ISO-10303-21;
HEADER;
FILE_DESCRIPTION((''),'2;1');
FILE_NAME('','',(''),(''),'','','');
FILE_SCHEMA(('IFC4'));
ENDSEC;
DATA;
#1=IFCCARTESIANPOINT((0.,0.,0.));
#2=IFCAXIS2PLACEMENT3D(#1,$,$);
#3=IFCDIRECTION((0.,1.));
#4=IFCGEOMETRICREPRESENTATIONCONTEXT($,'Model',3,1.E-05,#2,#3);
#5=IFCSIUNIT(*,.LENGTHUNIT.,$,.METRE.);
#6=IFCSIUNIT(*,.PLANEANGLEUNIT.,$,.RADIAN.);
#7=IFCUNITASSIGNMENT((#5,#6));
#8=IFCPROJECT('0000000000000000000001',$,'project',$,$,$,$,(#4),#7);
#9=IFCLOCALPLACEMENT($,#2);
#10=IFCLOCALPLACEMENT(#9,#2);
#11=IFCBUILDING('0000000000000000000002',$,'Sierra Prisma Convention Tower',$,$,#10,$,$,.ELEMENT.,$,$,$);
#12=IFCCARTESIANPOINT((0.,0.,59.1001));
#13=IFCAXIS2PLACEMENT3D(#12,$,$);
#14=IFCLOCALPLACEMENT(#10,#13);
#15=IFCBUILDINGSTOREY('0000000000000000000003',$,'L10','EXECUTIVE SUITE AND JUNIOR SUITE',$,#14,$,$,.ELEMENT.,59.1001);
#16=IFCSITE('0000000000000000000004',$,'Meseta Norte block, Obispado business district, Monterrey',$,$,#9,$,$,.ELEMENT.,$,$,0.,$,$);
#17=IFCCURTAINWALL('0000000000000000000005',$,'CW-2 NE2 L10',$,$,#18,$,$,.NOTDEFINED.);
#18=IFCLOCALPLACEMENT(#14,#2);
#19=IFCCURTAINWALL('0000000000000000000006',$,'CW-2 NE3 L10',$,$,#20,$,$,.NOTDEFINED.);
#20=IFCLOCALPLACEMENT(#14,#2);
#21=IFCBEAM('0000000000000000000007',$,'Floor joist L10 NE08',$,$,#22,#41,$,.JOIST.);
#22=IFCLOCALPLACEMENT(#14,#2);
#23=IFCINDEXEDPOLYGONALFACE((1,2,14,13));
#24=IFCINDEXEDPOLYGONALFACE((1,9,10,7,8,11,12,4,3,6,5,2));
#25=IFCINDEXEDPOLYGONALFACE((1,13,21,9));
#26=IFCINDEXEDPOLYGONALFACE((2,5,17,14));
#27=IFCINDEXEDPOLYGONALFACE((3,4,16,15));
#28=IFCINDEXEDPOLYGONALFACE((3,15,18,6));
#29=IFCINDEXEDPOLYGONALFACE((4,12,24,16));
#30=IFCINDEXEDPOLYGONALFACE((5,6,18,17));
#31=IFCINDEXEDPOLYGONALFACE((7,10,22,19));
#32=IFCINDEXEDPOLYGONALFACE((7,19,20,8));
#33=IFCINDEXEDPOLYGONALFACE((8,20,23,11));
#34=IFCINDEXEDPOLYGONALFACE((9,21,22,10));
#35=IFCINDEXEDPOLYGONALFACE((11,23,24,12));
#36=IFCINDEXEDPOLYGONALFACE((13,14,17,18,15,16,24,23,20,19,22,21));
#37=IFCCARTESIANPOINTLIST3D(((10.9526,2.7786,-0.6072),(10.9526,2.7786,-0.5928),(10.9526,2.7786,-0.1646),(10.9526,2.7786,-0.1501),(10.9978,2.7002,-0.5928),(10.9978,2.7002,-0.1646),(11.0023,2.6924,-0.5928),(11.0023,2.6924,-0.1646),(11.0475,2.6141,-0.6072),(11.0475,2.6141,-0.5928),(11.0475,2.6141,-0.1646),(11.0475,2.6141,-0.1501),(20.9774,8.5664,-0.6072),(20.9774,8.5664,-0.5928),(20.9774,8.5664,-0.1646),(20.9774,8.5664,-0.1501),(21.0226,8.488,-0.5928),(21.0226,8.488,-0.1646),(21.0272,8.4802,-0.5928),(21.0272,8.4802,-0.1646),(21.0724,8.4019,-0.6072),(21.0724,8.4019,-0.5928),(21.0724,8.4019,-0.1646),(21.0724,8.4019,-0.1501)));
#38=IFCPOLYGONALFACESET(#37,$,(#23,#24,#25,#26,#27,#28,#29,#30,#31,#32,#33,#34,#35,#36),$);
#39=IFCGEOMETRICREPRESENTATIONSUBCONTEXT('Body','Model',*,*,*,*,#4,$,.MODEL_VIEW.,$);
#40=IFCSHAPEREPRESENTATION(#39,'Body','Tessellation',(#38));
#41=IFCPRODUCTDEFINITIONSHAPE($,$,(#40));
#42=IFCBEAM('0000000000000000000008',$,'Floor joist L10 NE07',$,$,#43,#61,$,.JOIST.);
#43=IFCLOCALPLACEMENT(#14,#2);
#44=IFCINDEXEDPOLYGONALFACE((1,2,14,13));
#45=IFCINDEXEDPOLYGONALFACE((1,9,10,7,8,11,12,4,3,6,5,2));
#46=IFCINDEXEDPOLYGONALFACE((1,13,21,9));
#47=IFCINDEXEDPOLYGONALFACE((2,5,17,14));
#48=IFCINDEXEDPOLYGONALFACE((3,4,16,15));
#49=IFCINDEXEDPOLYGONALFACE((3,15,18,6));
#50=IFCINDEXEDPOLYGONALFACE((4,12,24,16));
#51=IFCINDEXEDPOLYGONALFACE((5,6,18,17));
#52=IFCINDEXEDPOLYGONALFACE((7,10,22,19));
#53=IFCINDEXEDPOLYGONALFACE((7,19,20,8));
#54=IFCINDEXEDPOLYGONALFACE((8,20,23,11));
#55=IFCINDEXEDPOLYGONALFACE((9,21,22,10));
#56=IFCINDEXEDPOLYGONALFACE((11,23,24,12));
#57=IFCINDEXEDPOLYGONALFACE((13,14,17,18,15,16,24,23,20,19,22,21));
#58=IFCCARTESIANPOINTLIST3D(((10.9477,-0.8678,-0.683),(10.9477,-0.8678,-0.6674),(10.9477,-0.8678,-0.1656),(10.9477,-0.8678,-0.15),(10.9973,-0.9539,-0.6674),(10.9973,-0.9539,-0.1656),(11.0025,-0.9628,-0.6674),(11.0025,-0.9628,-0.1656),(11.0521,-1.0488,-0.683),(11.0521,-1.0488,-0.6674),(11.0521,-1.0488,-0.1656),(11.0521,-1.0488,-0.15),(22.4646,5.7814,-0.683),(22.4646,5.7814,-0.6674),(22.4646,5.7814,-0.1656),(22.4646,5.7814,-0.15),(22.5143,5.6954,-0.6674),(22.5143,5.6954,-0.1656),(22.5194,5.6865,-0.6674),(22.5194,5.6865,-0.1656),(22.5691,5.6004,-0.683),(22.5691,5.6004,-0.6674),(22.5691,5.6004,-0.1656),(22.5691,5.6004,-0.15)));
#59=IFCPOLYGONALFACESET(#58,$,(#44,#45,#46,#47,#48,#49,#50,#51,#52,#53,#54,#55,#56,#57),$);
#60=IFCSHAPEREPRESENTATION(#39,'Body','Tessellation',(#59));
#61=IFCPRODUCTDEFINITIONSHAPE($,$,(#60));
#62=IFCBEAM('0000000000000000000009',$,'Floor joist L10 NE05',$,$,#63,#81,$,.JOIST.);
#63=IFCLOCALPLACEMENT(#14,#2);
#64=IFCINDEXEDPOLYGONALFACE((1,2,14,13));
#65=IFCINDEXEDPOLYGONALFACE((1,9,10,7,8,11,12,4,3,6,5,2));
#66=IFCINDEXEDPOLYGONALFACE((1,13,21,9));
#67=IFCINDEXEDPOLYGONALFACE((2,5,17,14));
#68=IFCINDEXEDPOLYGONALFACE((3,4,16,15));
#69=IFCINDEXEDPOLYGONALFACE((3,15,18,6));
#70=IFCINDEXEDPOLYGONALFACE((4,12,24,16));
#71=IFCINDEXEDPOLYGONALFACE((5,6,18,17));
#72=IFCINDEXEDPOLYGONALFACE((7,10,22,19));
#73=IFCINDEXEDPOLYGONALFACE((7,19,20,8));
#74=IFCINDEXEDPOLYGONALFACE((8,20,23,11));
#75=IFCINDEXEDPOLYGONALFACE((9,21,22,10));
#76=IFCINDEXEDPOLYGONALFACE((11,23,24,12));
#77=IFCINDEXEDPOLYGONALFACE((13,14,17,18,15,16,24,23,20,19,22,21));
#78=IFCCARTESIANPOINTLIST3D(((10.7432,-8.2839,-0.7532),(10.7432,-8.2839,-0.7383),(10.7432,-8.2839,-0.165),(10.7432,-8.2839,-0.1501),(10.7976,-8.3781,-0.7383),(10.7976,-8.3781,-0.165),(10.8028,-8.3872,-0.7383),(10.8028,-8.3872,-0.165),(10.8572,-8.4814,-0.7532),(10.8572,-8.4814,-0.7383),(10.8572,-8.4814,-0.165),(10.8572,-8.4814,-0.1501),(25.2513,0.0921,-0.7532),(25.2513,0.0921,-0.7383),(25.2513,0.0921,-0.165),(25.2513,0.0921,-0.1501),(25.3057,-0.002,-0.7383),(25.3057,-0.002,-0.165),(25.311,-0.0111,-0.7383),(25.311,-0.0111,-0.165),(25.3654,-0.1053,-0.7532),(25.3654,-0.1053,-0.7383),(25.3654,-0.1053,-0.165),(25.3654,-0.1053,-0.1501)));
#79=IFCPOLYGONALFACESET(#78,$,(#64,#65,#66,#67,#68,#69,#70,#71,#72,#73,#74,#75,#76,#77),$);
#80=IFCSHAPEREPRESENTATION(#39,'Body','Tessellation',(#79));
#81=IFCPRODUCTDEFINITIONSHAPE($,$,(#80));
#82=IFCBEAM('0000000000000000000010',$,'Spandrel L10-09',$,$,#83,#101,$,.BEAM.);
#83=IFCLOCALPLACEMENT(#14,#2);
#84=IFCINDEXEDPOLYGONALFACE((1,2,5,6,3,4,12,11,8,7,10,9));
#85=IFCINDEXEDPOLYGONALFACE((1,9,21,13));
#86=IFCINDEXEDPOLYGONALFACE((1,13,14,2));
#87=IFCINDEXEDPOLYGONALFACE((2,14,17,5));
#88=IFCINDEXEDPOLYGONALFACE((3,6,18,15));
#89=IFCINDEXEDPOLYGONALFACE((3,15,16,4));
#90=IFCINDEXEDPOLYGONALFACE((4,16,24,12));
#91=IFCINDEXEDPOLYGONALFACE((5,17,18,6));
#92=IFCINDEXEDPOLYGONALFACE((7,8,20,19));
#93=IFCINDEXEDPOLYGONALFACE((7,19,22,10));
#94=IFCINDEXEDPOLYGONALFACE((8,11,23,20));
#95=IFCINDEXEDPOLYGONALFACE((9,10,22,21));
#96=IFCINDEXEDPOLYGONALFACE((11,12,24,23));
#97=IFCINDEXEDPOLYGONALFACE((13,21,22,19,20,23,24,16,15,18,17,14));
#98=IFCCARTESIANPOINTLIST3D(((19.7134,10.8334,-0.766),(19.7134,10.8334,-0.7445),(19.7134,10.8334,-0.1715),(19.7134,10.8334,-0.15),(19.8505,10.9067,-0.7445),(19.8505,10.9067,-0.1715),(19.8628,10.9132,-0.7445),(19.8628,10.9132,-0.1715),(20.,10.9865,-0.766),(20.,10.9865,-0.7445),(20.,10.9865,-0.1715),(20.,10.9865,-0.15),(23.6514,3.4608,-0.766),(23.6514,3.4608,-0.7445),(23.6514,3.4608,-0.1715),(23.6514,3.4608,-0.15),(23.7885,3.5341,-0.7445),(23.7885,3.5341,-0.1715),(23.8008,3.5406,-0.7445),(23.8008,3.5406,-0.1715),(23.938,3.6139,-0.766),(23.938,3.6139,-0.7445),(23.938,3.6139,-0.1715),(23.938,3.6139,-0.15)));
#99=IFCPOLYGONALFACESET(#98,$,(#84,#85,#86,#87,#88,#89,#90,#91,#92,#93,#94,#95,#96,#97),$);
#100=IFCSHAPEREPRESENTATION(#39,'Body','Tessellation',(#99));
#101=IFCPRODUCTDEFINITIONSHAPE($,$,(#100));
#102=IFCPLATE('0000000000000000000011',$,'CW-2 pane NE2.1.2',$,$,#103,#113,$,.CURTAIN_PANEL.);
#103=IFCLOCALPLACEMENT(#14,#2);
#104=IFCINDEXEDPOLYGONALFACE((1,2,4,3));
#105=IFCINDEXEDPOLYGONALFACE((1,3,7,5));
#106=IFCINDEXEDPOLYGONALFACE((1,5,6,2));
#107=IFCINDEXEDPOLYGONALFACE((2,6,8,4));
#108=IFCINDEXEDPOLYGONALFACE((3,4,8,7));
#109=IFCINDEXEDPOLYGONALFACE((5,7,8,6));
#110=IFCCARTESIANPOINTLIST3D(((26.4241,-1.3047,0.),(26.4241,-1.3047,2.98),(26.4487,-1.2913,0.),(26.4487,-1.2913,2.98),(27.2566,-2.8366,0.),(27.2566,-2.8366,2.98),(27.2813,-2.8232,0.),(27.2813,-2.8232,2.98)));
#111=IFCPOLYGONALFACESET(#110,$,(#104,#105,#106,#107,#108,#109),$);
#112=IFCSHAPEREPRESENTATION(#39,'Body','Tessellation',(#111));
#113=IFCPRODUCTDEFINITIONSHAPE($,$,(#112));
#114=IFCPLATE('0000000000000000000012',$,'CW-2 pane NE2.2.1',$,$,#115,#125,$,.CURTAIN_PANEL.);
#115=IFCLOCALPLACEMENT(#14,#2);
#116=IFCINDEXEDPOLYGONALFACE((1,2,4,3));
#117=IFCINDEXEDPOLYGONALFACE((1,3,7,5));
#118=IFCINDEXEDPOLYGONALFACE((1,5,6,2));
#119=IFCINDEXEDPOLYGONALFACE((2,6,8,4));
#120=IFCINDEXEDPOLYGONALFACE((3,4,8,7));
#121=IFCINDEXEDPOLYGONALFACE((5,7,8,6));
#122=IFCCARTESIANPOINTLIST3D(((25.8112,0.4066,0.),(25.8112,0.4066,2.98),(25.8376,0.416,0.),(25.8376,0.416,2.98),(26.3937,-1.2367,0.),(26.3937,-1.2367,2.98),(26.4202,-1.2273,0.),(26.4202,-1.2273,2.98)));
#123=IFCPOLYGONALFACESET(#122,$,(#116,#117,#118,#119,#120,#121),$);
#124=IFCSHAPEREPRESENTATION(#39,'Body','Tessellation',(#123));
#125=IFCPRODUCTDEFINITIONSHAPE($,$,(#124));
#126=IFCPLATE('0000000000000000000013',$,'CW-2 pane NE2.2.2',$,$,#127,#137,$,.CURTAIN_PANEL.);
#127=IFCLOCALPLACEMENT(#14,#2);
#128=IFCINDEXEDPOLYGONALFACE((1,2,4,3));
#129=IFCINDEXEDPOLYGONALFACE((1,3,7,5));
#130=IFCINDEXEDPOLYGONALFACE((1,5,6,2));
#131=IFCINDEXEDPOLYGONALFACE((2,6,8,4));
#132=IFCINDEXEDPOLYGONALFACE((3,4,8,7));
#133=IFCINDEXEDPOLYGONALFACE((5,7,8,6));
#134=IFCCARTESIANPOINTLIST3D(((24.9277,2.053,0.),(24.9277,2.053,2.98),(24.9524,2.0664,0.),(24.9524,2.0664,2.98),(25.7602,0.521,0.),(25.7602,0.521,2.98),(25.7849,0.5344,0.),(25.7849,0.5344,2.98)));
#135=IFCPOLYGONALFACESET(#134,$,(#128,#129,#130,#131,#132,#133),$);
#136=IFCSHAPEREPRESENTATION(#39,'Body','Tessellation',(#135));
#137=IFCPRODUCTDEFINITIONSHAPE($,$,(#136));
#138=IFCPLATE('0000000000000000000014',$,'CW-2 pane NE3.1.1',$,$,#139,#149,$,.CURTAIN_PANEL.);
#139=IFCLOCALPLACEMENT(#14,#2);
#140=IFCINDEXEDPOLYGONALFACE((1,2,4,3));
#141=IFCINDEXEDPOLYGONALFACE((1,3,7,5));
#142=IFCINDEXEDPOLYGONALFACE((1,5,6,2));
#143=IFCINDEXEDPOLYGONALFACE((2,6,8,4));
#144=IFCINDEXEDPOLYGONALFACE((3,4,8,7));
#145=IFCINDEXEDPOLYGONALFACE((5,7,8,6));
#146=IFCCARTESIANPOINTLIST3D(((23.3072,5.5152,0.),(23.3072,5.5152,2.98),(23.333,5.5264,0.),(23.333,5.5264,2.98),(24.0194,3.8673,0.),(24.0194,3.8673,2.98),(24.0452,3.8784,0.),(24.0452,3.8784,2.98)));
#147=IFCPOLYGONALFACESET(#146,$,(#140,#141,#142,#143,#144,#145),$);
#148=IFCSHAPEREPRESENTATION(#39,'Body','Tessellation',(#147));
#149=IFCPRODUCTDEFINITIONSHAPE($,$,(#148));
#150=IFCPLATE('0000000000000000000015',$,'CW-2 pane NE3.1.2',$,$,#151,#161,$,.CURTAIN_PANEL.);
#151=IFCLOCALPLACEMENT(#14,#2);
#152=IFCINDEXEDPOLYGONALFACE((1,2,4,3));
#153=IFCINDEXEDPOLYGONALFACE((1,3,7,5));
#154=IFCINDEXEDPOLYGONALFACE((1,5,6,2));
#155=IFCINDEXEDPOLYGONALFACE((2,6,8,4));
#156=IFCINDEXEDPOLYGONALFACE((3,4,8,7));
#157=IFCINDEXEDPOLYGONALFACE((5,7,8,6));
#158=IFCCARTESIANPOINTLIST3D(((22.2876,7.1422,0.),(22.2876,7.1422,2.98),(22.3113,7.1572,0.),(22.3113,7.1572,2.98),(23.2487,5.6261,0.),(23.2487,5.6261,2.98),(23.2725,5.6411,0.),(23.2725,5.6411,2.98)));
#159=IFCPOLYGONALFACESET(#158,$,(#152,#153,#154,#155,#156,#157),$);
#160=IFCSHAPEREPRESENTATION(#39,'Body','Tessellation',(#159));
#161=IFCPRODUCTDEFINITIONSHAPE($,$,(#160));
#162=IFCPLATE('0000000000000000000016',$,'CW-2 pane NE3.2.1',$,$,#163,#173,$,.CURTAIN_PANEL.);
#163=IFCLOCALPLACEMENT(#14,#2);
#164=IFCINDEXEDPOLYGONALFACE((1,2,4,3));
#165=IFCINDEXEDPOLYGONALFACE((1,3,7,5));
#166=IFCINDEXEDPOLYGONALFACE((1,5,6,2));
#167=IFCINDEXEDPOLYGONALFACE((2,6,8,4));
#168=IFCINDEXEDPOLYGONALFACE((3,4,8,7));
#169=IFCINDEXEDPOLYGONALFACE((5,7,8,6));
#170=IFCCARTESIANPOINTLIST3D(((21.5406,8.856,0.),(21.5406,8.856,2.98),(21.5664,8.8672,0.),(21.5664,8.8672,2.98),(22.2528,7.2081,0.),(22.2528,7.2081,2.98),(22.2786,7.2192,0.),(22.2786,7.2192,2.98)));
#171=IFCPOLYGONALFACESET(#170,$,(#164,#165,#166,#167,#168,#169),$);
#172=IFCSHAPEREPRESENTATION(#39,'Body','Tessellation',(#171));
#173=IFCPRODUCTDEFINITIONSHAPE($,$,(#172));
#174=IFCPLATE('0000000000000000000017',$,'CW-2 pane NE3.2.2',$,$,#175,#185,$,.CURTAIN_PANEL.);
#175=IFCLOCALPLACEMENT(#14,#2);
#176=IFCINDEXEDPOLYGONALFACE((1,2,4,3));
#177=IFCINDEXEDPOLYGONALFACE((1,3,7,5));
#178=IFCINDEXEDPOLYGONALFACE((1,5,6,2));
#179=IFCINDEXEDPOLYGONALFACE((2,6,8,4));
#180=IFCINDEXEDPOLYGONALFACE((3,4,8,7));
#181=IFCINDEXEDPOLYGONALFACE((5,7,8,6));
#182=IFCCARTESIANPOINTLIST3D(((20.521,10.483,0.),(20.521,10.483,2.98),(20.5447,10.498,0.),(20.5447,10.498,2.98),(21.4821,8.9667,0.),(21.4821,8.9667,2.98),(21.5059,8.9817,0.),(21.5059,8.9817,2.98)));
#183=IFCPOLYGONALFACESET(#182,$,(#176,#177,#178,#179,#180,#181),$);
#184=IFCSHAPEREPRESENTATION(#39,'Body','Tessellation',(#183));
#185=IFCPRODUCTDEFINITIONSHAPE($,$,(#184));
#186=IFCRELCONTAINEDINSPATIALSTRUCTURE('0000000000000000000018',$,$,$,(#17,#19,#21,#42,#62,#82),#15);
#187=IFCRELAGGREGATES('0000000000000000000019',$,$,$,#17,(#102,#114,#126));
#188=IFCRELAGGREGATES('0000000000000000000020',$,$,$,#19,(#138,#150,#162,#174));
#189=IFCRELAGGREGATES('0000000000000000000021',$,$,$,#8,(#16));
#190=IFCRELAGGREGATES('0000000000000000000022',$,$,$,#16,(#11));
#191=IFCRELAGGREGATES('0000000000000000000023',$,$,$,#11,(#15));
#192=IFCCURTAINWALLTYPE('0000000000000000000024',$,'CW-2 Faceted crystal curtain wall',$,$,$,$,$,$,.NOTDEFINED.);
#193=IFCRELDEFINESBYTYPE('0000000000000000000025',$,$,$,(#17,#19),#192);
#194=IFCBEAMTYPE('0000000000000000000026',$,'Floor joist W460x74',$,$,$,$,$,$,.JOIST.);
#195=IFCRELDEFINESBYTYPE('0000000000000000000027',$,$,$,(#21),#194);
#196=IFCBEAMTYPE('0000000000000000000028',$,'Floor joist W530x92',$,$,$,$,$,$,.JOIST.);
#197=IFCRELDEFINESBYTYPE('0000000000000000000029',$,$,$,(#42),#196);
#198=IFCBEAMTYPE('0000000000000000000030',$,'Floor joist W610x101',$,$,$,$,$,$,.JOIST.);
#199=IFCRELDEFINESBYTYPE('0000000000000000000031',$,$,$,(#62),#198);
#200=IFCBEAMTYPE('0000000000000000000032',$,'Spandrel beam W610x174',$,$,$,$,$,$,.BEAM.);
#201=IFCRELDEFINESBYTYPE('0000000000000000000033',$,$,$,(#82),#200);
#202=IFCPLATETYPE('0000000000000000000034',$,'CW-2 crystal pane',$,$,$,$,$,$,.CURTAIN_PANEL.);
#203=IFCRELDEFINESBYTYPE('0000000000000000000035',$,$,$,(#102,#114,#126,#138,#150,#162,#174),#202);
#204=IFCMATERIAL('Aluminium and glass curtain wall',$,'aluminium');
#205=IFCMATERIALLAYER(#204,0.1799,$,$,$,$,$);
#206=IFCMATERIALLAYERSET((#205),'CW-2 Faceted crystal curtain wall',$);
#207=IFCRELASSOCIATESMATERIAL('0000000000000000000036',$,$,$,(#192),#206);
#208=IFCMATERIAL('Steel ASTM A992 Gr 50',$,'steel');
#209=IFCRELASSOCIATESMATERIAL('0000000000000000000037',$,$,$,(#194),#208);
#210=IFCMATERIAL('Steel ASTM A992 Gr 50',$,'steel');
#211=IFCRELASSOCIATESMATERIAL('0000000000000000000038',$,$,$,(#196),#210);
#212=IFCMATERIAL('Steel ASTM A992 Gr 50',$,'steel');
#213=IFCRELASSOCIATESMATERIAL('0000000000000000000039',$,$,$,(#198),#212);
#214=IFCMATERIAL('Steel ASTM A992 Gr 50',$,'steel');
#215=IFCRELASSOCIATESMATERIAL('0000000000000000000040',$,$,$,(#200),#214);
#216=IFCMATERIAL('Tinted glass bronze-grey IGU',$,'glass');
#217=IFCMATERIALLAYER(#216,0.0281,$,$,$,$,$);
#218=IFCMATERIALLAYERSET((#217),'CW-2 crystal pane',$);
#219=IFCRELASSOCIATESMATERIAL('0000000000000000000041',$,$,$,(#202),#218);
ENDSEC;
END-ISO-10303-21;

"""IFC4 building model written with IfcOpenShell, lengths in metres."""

from ifc_helpers import new_model, si_unit, direction, frame, origin, origin_2d, place, context, subcontext, project, spatial, polyline, i_section, outline, extrude, material, layer, layer_set, material_profile, profile_set, type_object, element, aggregate, save


model = new_model("IFC4")

# Units and contexts
model_context = context("Model", 3, precision=1e-05, world=origin(), true_north=direction((0.0, 1.0)))
body_context = subcontext(model_context, "Body", "Model", "MODEL_VIEW")
ifc_project = project(units=[si_unit("LENGTHUNIT", "METRE"), si_unit("PLANEANGLEUNIT", "RADIAN")], contexts=[model_context])

# Site, building, storey
site_placement = place(None, origin())
site = spatial("IfcSite", under=ifc_project, at=site_placement, Name="Meseta Norte block, Obispado business district, Monterrey", CompositionType="ELEMENT", RefElevation=0.0)
building_placement = place(site_placement, origin())
building = spatial("IfcBuilding", under=site, at=building_placement, Name="Sierra Prisma Convention Tower", CompositionType="ELEMENT")
storey_placement = place(building_placement, frame((0.0, 0.0, 59.1001)))
storey = spatial("IfcBuildingStorey", under=building, at=storey_placement, Name="L10", Description="EXECUTIVE SUITE AND JUNIOR SUITE", CompositionType="ELEMENT", Elevation=59.1001)

# Curtain wall
ifc_material_1 = material(Name="Aluminium and glass curtain wall", Category="aluminium")
ifc_layer_1 = layer(ifc_material_1, 0.1799)
ifc_layer_set_1 = layer_set([ifc_layer_1], Name="CW-2 Faceted crystal curtain wall")
curtain_wall_type = type_object("IfcCurtainWallType", Name="CW-2 Faceted crystal curtain wall", PredefinedType="NOTDEFINED", material=ifc_layer_set_1)
curtain_wall_1_placement = place(storey_placement, origin())
curtain_wall_1 = element("IfcCurtainWall", 1, at=curtain_wall_1_placement, inside=storey, type_object=curtain_wall_type, Name="CW-2 NE2 L10", PredefinedType="NOTDEFINED")

# Curtain wall
curtain_wall_2_placement = place(storey_placement, origin())
curtain_wall_2 = element("IfcCurtainWall", 2, at=curtain_wall_2_placement, inside=storey, type_object=curtain_wall_type, Name="CW-2 NE3 L10", PredefinedType="NOTDEFINED")

# Beams
ifc_material_2 = material(Name="Steel ASTM A992 Gr 50", Category="steel")
ifc_material_profile_1 = material_profile(ifc_material_2, i_section(OverallWidth=0.1899, OverallDepth=0.457, WebThickness=0.009, FlangeThickness=0.0144, at=origin_2d()), Name="W460x74")
ifc_profile_set_1 = profile_set([ifc_material_profile_1], Name="Steel ASTM A992 Gr 50")
beam_type_1 = type_object("IfcBeamType", Name="Floor joist W460x74", PredefinedType="JOIST", material=ifc_profile_set_1)
beam_1_placement = place(storey_placement, frame((21.0249, 8.4841, -0.3787), z_axis=(-0.866027, -0.499998, 0.0), x_axis=(0.499998, -0.866027, 0.0)))
element("IfcBeam", 3, at=beam_1_placement, inside=storey, type_object=beam_type_1, Name="Floor joist L10 NE08", PredefinedType="JOIST", context=body_context, shape_type="SweptSolid", body=[
    extrude(i_section(OverallWidth=0.1899, OverallDepth=0.457, WebThickness=0.009, FlangeThickness=0.0144, at=origin_2d()), origin(), (0.0, 0.0, 1.0), 11.5757),
])
ifc_material_3 = material(Name="Steel ASTM A992 Gr 50", Category="steel")
ifc_material_profile_2 = material_profile(ifc_material_3, i_section(OverallWidth=0.209, OverallDepth=0.533, WebThickness=0.0103, FlangeThickness=0.0156, at=origin_2d()), Name="W530x92")
ifc_profile_set_2 = profile_set([ifc_material_profile_2], Name="Steel ASTM A992 Gr 50")
beam_type_2 = type_object("IfcBeamType", Name="Floor joist W530x92", PredefinedType="JOIST", material=ifc_profile_set_2)
beam_2_placement = place(storey_placement, frame((22.5168, 5.6909, -0.4165), z_axis=(-0.866028, -0.499995, 0.0), x_axis=(0.499995, -0.866028, 0.0)))
element("IfcBeam", 4, at=beam_2_placement, inside=storey, type_object=beam_type_2, Name="Floor joist L10 NE07", PredefinedType="JOIST", context=body_context, shape_type="SweptSolid", body=[
    extrude(i_section(OverallWidth=0.209, OverallDepth=0.533, WebThickness=0.0103, FlangeThickness=0.0156, at=origin_2d()), origin(), (0.0, 0.0, 1.0), 13.2986),
])
ifc_material_4 = material(Name="Steel ASTM A992 Gr 50", Category="steel")
ifc_material_profile_3 = material_profile(ifc_material_4, i_section(OverallWidth=0.228, OverallDepth=0.603, WebThickness=0.0105, FlangeThickness=0.0149, at=origin_2d()), Name="W610x101")
ifc_profile_set_3 = profile_set([ifc_material_profile_3], Name="Steel ASTM A992 Gr 50")
beam_type_3 = type_object("IfcBeamType", Name="Floor joist W610x101", PredefinedType="JOIST", material=ifc_profile_set_3)
beam_3_placement = place(storey_placement, frame((25.3083, -0.0066, -0.4517), z_axis=(-0.866032, -0.499989, 0.0), x_axis=(0.499989, -0.866032, 0.0)))
element("IfcBeam", 5, at=beam_3_placement, inside=storey, type_object=beam_type_3, Name="Floor joist L10 NE05", PredefinedType="JOIST", context=body_context, shape_type="SweptSolid", body=[
    extrude(i_section(OverallWidth=0.228, OverallDepth=0.603, WebThickness=0.0105, FlangeThickness=0.0149, at=origin_2d()), origin(), (0.0, 0.0, 1.0), 16.7524),
])
ifc_material_5 = material(Name="Steel ASTM A992 Gr 50", Category="steel")
ifc_material_profile_4 = material_profile(ifc_material_5, i_section(OverallWidth=0.325, OverallDepth=0.616, WebThickness=0.0139, FlangeThickness=0.0215, at=origin_2d()), Name="W610x174")
ifc_profile_set_4 = profile_set([ifc_material_profile_4], Name="Steel ASTM A992 Gr 50")
beam_type_4 = type_object("IfcBeamType", Name="Spandrel beam W610x174", PredefinedType="BEAM", material=ifc_profile_set_4)
beam_4_placement = place(storey_placement, frame((23.7947, 3.5374, -0.458), z_axis=(-0.471143, 0.882057, 0.0), x_axis=(-0.882057, -0.471143, 0.0)))
element("IfcBeam", 6, at=beam_4_placement, inside=storey, type_object=beam_type_4, Name="Spandrel L10-09", PredefinedType="BEAM", context=body_context, shape_type="SweptSolid", body=[
    extrude(i_section(OverallWidth=0.325, OverallDepth=0.616, WebThickness=0.0139, FlangeThickness=0.0215, at=origin_2d()), origin(), (0.0, 0.0, 1.0), 8.3584),
])

# Plates
ifc_material_6 = material(Name="Tinted glass bronze-grey IGU", Category="glass")
ifc_layer_2 = layer(ifc_material_6, 0.0281)
ifc_layer_set_2 = layer_set([ifc_layer_2], Name="CW-2 crystal pane")
plate_type = type_object("IfcPlateType", Name="CW-2 crystal pane", PredefinedType="CURTAIN_PANEL", material=ifc_layer_set_2)
plate_1_placement = place(storey_placement, frame((26.4487, -1.2913, 0.0), z_axis=(0.878644, 0.477478, 0.0), x_axis=(0.477478, -0.878644, 0.0)))
plate_1 = element("IfcPlate", 7, at=plate_1_placement, type_object=plate_type, Name="CW-2 pane NE2.1.2", PredefinedType="CURTAIN_PANEL", context=body_context, shape_type="SweptSolid", body=[
    extrude(outline(polyline([(0.0, 0.0), (1.7436, 0.0), (1.7436, -2.98), (0.0, -2.98), (0.0, 0.0)])), origin(), (0.0, 0.0, -1.0), 0.0281),
])
plate_2_placement = place(storey_placement, frame((26.4202, -1.2273, 0.0), z_axis=(0.942534, 0.334109, 0.0), x_axis=(-0.334109, 0.942534, 0.0)))
plate_2 = element("IfcPlate", 8, at=plate_2_placement, type_object=plate_type, Name="CW-2 pane NE2.2.1", PredefinedType="CURTAIN_PANEL", context=body_context, shape_type="SweptSolid", body=[
    extrude(outline(polyline([(0.0, 0.0), (1.7435, 0.0), (1.7435, 2.98), (0.0, 2.98), (0.0, 0.0)])), origin(), (0.0, 0.0, -1.0), 0.0281),
])
plate_3_placement = place(storey_placement, frame((24.9524, 2.0664, 0.0), z_axis=(0.878644, 0.477478, 0.0), x_axis=(0.477478, -0.878644, 0.0)))
plate_3 = element("IfcPlate", 9, at=plate_3_placement, type_object=plate_type, Name="CW-2 pane NE2.2.2", PredefinedType="CURTAIN_PANEL", context=body_context, shape_type="SweptSolid", body=[
    extrude(outline(polyline([(0.0, 0.0), (1.7436, 0.0), (1.7436, -2.98), (0.0, -2.98), (0.0, 0.0)])), origin(), (0.0, 0.0, -1.0), 0.0281),
])
aggregate(curtain_wall_1, [plate_1, plate_2, plate_3])
plate_4_placement = place(storey_placement, frame((24.0452, 3.8784, 0.0), z_axis=(0.917952, 0.396691, 0.0), x_axis=(-0.396691, 0.917952, 0.0)))
plate_4 = element("IfcPlate", 10, at=plate_4_placement, type_object=plate_type, Name="CW-2 pane NE3.1.1", PredefinedType="CURTAIN_PANEL", context=body_context, shape_type="SweptSolid", body=[
    extrude(outline(polyline([(0.0, 0.0), (1.7952, 0.0), (1.7952, 2.98), (0.0, 2.98), (0.0, 0.0)])), origin(), (0.0, 0.0, -1.0), 0.0281),
])
plate_5_placement = place(storey_placement, frame((22.3113, 7.1572, 0.0), z_axis=(0.844573, 0.53544, 0.0), x_axis=(0.53544, -0.844573, 0.0)))
plate_5 = element("IfcPlate", 11, at=plate_5_placement, type_object=plate_type, Name="CW-2 pane NE3.1.2", PredefinedType="CURTAIN_PANEL", context=body_context, shape_type="SweptSolid", body=[
    extrude(outline(polyline([(0.0, 0.0), (1.7951, 0.0), (1.7951, -2.98), (0.0, -2.98), (0.0, 0.0)])), origin(), (0.0, 0.0, -1.0), 0.0281),
])
plate_6_placement = place(storey_placement, frame((22.2786, 7.2192, 0.0), z_axis=(0.917952, 0.396691, 0.0), x_axis=(-0.396691, 0.917952, 0.0)))
plate_6 = element("IfcPlate", 12, at=plate_6_placement, type_object=plate_type, Name="CW-2 pane NE3.2.1", PredefinedType="CURTAIN_PANEL", context=body_context, shape_type="SweptSolid", body=[
    extrude(outline(polyline([(0.0, 0.0), (1.7952, 0.0), (1.7952, 2.98), (0.0, 2.98), (0.0, 0.0)])), origin(), (0.0, 0.0, -1.0), 0.0281),
])
plate_7_placement = place(storey_placement, frame((20.5447, 10.498, 0.0), z_axis=(0.844612, 0.535379, 0.0), x_axis=(0.535379, -0.844612, 0.0)))
plate_7 = element("IfcPlate", 13, at=plate_7_placement, type_object=plate_type, Name="CW-2 pane NE3.2.2", PredefinedType="CURTAIN_PANEL", context=body_context, shape_type="SweptSolid", body=[
    extrude(outline(polyline([(0.0, 0.0), (1.7953, 0.0), (1.7953, -2.98), (0.0, -2.98), (0.0, 0.0)])), origin(), (0.0, 0.0, -1.0), 0.0281),
])
aggregate(curtain_wall_2, [plate_4, plate_5, plate_6, plate_7])

save(model, "model.ifc")
